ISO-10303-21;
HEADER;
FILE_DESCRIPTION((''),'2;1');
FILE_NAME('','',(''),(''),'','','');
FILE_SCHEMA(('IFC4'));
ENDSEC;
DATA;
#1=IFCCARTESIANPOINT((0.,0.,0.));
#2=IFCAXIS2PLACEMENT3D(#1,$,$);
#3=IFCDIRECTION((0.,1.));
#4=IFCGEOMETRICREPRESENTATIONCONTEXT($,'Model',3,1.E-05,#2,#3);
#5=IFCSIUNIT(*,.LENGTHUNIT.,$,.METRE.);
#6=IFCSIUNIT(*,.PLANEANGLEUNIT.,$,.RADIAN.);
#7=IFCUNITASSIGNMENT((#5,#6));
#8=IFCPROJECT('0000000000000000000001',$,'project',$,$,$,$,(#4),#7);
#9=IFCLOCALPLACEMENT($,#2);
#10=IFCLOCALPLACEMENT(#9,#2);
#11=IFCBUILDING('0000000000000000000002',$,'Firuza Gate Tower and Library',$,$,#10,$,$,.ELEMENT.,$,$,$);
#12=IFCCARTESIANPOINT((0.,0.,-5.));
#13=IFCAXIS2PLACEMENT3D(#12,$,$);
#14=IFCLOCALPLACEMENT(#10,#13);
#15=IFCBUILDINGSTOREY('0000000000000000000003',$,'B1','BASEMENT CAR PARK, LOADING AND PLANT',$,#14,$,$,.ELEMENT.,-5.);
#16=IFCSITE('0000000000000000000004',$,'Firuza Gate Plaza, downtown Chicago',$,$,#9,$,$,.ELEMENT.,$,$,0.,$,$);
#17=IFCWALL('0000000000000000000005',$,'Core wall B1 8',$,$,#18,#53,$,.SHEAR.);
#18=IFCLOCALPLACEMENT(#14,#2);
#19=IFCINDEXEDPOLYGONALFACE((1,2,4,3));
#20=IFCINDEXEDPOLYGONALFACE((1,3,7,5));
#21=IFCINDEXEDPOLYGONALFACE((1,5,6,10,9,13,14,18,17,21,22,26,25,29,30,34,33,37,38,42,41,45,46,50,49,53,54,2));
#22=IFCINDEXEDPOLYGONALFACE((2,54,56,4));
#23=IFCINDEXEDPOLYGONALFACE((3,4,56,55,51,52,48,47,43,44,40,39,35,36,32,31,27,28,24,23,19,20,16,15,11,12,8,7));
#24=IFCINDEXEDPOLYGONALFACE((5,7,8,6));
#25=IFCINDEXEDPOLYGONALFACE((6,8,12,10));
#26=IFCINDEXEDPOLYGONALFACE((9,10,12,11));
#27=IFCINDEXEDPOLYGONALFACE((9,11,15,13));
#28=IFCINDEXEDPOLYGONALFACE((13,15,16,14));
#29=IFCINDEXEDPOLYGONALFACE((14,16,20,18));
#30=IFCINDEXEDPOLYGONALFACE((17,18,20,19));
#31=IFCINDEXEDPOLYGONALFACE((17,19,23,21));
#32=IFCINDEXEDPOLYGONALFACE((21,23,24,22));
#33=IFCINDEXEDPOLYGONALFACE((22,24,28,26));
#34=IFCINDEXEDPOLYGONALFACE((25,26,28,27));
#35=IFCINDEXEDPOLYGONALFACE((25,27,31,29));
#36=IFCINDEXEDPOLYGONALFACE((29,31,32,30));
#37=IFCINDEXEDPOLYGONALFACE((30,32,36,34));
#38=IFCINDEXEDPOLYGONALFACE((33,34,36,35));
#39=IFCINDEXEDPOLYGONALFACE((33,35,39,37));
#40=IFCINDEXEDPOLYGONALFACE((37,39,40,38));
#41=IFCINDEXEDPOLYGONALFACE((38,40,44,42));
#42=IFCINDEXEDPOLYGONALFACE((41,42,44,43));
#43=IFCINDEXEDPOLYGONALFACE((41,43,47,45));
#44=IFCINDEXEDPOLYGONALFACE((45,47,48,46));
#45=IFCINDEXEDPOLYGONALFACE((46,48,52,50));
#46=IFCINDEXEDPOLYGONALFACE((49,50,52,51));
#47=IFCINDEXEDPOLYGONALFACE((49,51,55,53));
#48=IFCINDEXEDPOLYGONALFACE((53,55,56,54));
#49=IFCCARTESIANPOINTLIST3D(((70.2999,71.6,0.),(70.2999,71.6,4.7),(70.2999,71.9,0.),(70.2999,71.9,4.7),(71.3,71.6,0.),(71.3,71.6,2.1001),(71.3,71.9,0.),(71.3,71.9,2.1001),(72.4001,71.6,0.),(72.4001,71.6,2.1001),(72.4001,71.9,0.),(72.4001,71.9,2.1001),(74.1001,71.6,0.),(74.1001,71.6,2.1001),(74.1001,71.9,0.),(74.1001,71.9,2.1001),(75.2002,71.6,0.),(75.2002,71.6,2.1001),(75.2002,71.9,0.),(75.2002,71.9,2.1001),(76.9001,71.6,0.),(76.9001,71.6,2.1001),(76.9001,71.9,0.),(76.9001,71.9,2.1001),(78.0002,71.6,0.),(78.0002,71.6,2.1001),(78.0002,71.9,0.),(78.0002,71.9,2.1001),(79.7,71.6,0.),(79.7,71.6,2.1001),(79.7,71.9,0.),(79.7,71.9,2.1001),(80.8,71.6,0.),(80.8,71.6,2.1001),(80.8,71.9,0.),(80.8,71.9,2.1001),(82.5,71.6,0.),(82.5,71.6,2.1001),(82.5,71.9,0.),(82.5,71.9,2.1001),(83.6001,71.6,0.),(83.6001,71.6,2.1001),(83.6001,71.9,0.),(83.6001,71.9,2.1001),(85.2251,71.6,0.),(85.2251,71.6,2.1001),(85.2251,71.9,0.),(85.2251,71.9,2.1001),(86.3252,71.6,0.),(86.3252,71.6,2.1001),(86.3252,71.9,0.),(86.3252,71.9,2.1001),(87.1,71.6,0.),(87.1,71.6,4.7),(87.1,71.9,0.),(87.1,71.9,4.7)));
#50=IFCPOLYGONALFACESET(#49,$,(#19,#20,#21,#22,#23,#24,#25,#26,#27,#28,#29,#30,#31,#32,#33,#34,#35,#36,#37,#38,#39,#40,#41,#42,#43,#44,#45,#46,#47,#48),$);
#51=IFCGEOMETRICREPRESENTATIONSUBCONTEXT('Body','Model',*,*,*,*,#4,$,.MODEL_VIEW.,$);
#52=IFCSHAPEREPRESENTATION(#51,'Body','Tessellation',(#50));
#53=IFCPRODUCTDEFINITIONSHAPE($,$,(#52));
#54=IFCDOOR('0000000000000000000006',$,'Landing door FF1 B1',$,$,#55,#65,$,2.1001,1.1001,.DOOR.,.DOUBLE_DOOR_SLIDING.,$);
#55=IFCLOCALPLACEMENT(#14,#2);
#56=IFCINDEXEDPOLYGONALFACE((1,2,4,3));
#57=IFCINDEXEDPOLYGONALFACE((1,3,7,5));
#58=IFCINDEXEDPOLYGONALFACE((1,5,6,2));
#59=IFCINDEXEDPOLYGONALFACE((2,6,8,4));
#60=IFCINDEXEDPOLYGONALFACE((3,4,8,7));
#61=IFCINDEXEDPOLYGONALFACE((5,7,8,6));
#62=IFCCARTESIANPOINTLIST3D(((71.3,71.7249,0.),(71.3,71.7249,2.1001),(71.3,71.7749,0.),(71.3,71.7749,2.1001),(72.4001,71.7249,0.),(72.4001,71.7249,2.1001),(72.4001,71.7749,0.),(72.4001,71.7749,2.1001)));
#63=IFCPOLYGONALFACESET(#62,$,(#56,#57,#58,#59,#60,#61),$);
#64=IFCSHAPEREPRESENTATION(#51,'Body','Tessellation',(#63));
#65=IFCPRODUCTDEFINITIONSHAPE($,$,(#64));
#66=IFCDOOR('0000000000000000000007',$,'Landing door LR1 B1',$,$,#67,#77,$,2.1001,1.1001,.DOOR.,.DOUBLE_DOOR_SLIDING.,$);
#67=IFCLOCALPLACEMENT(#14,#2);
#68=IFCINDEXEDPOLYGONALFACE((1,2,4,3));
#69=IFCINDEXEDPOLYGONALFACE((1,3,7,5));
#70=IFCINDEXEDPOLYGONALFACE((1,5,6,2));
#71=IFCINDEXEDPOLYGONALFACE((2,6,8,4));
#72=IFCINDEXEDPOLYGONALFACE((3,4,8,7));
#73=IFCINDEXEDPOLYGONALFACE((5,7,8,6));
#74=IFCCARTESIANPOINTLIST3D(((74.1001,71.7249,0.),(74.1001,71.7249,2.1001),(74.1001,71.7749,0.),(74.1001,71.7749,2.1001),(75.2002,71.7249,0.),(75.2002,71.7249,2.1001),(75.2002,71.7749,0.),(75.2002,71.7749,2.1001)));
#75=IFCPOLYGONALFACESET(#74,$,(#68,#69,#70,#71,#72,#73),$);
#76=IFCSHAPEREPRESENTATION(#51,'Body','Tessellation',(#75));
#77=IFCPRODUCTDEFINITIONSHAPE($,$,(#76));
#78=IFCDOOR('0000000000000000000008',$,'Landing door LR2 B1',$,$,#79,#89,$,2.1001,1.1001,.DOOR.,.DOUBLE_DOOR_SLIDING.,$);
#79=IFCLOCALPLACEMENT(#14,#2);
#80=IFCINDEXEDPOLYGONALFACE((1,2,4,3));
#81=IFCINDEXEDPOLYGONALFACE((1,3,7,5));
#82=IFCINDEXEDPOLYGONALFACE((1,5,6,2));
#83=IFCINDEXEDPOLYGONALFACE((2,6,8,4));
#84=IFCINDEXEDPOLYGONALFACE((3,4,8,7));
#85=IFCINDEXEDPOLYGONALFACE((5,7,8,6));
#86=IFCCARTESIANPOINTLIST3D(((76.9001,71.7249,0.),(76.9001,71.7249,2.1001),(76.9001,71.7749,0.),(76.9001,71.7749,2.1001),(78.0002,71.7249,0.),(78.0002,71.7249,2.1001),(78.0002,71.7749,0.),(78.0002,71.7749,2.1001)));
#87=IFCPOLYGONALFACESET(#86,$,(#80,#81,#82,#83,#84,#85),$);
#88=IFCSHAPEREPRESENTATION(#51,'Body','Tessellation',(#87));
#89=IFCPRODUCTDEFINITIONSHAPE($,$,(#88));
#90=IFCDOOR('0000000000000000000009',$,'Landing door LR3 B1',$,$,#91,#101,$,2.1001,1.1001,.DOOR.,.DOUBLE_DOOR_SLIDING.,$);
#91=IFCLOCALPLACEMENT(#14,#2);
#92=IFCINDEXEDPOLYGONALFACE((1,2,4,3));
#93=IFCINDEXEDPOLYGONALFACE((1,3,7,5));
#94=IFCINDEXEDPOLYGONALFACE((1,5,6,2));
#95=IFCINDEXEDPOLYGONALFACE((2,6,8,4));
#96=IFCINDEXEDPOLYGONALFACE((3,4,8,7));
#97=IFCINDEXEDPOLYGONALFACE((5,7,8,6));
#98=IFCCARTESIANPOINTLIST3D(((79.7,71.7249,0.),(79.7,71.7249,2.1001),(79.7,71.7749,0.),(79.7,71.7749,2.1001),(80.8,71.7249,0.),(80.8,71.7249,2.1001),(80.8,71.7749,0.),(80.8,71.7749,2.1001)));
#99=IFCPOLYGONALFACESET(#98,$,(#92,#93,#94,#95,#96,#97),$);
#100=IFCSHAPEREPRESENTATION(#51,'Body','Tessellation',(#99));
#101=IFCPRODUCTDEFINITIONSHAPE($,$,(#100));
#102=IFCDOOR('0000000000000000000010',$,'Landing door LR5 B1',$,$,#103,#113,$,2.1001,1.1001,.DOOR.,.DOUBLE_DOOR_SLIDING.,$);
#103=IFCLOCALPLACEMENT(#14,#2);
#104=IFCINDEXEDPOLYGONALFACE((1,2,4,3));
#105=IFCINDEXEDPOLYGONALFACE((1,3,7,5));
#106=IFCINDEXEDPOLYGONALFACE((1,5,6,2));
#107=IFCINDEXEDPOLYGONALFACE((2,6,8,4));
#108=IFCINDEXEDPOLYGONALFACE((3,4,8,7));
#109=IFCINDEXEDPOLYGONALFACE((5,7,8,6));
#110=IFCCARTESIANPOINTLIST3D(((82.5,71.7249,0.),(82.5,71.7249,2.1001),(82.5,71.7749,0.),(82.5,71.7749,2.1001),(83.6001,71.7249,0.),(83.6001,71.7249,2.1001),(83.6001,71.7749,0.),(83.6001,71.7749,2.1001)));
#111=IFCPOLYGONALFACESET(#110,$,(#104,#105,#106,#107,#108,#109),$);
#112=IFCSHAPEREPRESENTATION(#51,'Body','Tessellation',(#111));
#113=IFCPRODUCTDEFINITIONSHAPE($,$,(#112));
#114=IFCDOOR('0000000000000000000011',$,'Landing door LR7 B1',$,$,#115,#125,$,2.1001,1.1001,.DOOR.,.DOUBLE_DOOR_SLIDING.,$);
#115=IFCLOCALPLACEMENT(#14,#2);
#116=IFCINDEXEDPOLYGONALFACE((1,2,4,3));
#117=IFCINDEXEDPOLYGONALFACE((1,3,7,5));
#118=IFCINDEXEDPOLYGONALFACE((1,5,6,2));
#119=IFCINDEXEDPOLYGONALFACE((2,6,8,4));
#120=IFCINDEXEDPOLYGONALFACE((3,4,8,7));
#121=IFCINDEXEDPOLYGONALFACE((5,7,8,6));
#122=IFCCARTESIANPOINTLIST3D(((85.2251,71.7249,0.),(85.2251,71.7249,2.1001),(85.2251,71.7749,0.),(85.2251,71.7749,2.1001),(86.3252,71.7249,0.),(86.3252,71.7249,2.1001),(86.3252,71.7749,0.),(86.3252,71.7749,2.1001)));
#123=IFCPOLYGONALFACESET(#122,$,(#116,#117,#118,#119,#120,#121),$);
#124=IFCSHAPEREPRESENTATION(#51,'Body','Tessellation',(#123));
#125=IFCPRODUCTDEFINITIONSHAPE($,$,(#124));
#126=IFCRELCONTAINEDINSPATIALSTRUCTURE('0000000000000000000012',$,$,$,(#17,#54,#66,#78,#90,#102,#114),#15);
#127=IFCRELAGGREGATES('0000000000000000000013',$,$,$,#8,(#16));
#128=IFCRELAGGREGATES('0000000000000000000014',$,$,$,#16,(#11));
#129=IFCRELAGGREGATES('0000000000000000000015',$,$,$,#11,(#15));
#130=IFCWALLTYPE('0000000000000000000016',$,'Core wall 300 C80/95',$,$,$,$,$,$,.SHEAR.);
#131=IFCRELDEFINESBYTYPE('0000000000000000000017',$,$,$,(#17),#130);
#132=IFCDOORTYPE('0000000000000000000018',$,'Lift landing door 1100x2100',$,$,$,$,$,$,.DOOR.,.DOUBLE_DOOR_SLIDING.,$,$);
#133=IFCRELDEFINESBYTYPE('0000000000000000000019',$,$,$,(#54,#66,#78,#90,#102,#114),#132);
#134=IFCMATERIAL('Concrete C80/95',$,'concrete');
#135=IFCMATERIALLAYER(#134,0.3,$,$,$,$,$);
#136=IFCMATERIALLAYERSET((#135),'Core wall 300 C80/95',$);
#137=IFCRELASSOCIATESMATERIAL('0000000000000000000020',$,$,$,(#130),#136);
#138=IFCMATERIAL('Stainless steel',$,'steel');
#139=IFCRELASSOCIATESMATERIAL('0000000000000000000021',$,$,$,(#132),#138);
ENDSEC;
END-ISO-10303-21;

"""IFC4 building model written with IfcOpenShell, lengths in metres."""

from ifc_helpers import new_model, si_unit, direction, frame, frame_2d, origin, place, context, subcontext, project, spatial, rectangle, extrude, material, layer, layer_set, type_object, element, fill, save


model = new_model("IFC4")

# Units and contexts
model_context = context("Model", 3, precision=1e-05, world=origin(), true_north=direction((0.0, 1.0)))
body_context = subcontext(model_context, "Body", "Model", "MODEL_VIEW")
ifc_project = project(units=[si_unit("LENGTHUNIT", "METRE"), si_unit("PLANEANGLEUNIT", "RADIAN")], contexts=[model_context])

# Site, building, storey
site_placement = place(None, origin())
site = spatial("IfcSite", under=ifc_project, at=site_placement, Name="Firuza Gate Plaza, downtown Chicago", CompositionType="ELEMENT", RefElevation=0.0)
building_placement = place(site_placement, origin())
building = spatial("IfcBuilding", under=site, at=building_placement, Name="Firuza Gate Tower and Library", CompositionType="ELEMENT")
storey_placement = place(building_placement, frame((0.0, 0.0, -5.0)))
storey = spatial("IfcBuildingStorey", under=building, at=storey_placement, Name="B1", Description="BASEMENT CAR PARK, LOADING AND PLANT", CompositionType="ELEMENT", Elevation=-5.0)

# Wall, openings, doors
ifc_material_1 = material(Name="Concrete C80/95", Category="concrete")
ifc_layer_1 = layer(ifc_material_1, 0.3)
ifc_layer_set_1 = layer_set([ifc_layer_1], Name="Core wall 300 C80/95")
wall_type_1 = type_object("IfcWallType", Name="Core wall 300 C80/95", PredefinedType="SHEAR", material=ifc_layer_set_1)
wall_1_placement = place(storey_placement, frame((70.3, 71.75, 0.0), z_axis=(0.0, 0.0, 1.0), x_axis=(1.0, 0.0, 0.0)))
wall_1 = element("IfcWall", 1, at=wall_1_placement, inside=storey, type_object=wall_type_1, Name="Core wall B1 8", PredefinedType="SHEAR", context=body_context, shape_type="SweptSolid", body=[
    extrude(rectangle(XDim=16.8, YDim=0.3, at=frame_2d((8.3999, 0.0))), origin(), (0.0, 0.0, 1.0), 4.7),
])
opening_1_placement = place(wall_1_placement, frame((1.0, 0.0, 0.0)))
opening_1 = element("IfcOpeningElement", 2, at=opening_1_placement, cuts=wall_1, PredefinedType="OPENING", context=body_context, shape_type="SweptSolid", body=[
    extrude(rectangle(XDim=1.1001, YDim=2.1001, at=frame_2d((0.55, 1.05))), frame((0.0, 0.1602, 0.0), z_axis=(0.0, -1.0, 0.0), x_axis=(1.0, 0.0, 0.0)), (0.0, 0.0, 1.0), 0.3201),
])
opening_2_placement = place(wall_1_placement, frame((3.8, 0.0, 0.0)))
opening_2 = element("IfcOpeningElement", 3, at=opening_2_placement, cuts=wall_1, PredefinedType="OPENING", context=body_context, shape_type="SweptSolid", body=[
    extrude(rectangle(XDim=1.1001, YDim=2.1001, at=frame_2d((0.55, 1.05))), frame((0.0, 0.1602, 0.0), z_axis=(0.0, -1.0, 0.0), x_axis=(1.0, 0.0, 0.0)), (0.0, 0.0, 1.0), 0.3201),
])
opening_3_placement = place(wall_1_placement, frame((6.6001, 0.0, 0.0)))
opening_3 = element("IfcOpeningElement", 4, at=opening_3_placement, cuts=wall_1, PredefinedType="OPENING", context=body_context, shape_type="SweptSolid", body=[
    extrude(rectangle(XDim=1.1001, YDim=2.1001, at=frame_2d((0.55, 1.05))), frame((0.0, 0.1602, 0.0), z_axis=(0.0, -1.0, 0.0), x_axis=(1.0, 0.0, 0.0)), (0.0, 0.0, 1.0), 0.3201),
])
opening_4_placement = place(wall_1_placement, frame((9.3999, 0.0, 0.0)))
opening_4 = element("IfcOpeningElement", 5, at=opening_4_placement, cuts=wall_1, PredefinedType="OPENING", context=body_context, shape_type="SweptSolid", body=[
    extrude(rectangle(XDim=1.1001, YDim=2.1001, at=frame_2d((0.55, 1.05))), frame((0.0, 0.1602, 0.0), z_axis=(0.0, -1.0, 0.0), x_axis=(1.0, 0.0, 0.0)), (0.0, 0.0, 1.0), 0.3201),
])
opening_5_placement = place(wall_1_placement, frame((12.2, 0.0, 0.0)))
opening_5 = element("IfcOpeningElement", 6, at=opening_5_placement, cuts=wall_1, PredefinedType="OPENING", context=body_context, shape_type="SweptSolid", body=[
    extrude(rectangle(XDim=1.1001, YDim=2.1001, at=frame_2d((0.55, 1.05))), frame((0.0, 0.1602, 0.0), z_axis=(0.0, -1.0, 0.0), x_axis=(1.0, 0.0, 0.0)), (0.0, 0.0, 1.0), 0.3201),
])
opening_6_placement = place(wall_1_placement, frame((14.925, 0.0, 0.0)))
opening_6 = element("IfcOpeningElement", 7, at=opening_6_placement, cuts=wall_1, PredefinedType="OPENING", context=body_context, shape_type="SweptSolid", body=[
    extrude(rectangle(XDim=1.1001, YDim=2.1001, at=frame_2d((0.55, 1.05))), frame((0.0, 0.1602, 0.0), z_axis=(0.0, -1.0, 0.0), x_axis=(1.0, 0.0, 0.0)), (0.0, 0.0, 1.0), 0.3201),
])
ifc_material_2 = material(Name="Stainless steel", Category="steel")
door_type_1 = type_object("IfcDoorType", Name="Lift landing door 1100x2100", OperationType="DOUBLE_DOOR_SLIDING", PredefinedType="DOOR", material=ifc_material_2)
door_1_placement = place(opening_1_placement, origin())
door_1 = element("IfcDoor", 8, at=door_1_placement, inside=storey, type_object=door_type_1, Name="Landing door FF1 B1", OperationType="DOUBLE_DOOR_SLIDING", OverallHeight=2.1001, OverallWidth=1.1001, PredefinedType="DOOR", context=body_context, shape_type="SweptSolid", body=[
    extrude(rectangle(XDim=1.1001, YDim=2.1001, at=frame_2d((0.55, 1.05))), frame((0.0, 0.0249, 0.0), z_axis=(0.0, -1.0, 0.0), x_axis=(1.0, 0.0, 0.0)), (0.0, 0.0, 1.0), 0.05),
])
fill(opening_1, door_1)
door_2_placement = place(opening_2_placement, origin())
door_2 = element("IfcDoor", 9, at=door_2_placement, inside=storey, type_object=door_type_1, Name="Landing door LR1 B1", OperationType="DOUBLE_DOOR_SLIDING", OverallHeight=2.1001, OverallWidth=1.1001, PredefinedType="DOOR", context=body_context, shape_type="SweptSolid", body=[
    extrude(rectangle(XDim=1.1001, YDim=2.1001, at=frame_2d((0.55, 1.05))), frame((0.0, 0.0249, 0.0), z_axis=(0.0, -1.0, 0.0), x_axis=(1.0, 0.0, 0.0)), (0.0, 0.0, 1.0), 0.05),
])
fill(opening_2, door_2)
door_3_placement = place(opening_3_placement, origin())
door_3 = element("IfcDoor", 10, at=door_3_placement, inside=storey, type_object=door_type_1, Name="Landing door LR2 B1", OperationType="DOUBLE_DOOR_SLIDING", OverallHeight=2.1001, OverallWidth=1.1001, PredefinedType="DOOR", context=body_context, shape_type="SweptSolid", body=[
    extrude(rectangle(XDim=1.1001, YDim=2.1001, at=frame_2d((0.55, 1.05))), frame((0.0, 0.0249, 0.0), z_axis=(0.0, -1.0, 0.0), x_axis=(1.0, 0.0, 0.0)), (0.0, 0.0, 1.0), 0.05),
])
fill(opening_3, door_3)
door_4_placement = place(opening_4_placement, origin())
door_4 = element("IfcDoor", 11, at=door_4_placement, inside=storey, type_object=door_type_1, Name="Landing door LR3 B1", OperationType="DOUBLE_DOOR_SLIDING", OverallHeight=2.1001, OverallWidth=1.1001, PredefinedType="DOOR", context=body_context, shape_type="SweptSolid", body=[
    extrude(rectangle(XDim=1.1001, YDim=2.1001, at=frame_2d((0.55, 1.05))), frame((0.0, 0.0249, 0.0), z_axis=(0.0, -1.0, 0.0), x_axis=(1.0, 0.0, 0.0)), (0.0, 0.0, 1.0), 0.05),
])
fill(opening_4, door_4)
door_5_placement = place(opening_5_placement, origin())
door_5 = element("IfcDoor", 12, at=door_5_placement, inside=storey, type_object=door_type_1, Name="Landing door LR5 B1", OperationType="DOUBLE_DOOR_SLIDING", OverallHeight=2.1001, OverallWidth=1.1001, PredefinedType="DOOR", context=body_context, shape_type="SweptSolid", body=[
    extrude(rectangle(XDim=1.1001, YDim=2.1001, at=frame_2d((0.55, 1.05))), frame((0.0, 0.0249, 0.0), z_axis=(0.0, -1.0, 0.0), x_axis=(1.0, 0.0, 0.0)), (0.0, 0.0, 1.0), 0.05),
])
fill(opening_5, door_5)
door_6_placement = place(opening_6_placement, origin())
door_6 = element("IfcDoor", 13, at=door_6_placement, inside=storey, type_object=door_type_1, Name="Landing door LR7 B1", OperationType="DOUBLE_DOOR_SLIDING", OverallHeight=2.1001, OverallWidth=1.1001, PredefinedType="DOOR", context=body_context, shape_type="SweptSolid", body=[
    extrude(rectangle(XDim=1.1001, YDim=2.1001, at=frame_2d((0.55, 1.05))), frame((0.0, 0.0249, 0.0), z_axis=(0.0, -1.0, 0.0), x_axis=(1.0, 0.0, 0.0)), (0.0, 0.0, 1.0), 0.05),
])
fill(opening_6, door_6)

save(model, "model.ifc")
